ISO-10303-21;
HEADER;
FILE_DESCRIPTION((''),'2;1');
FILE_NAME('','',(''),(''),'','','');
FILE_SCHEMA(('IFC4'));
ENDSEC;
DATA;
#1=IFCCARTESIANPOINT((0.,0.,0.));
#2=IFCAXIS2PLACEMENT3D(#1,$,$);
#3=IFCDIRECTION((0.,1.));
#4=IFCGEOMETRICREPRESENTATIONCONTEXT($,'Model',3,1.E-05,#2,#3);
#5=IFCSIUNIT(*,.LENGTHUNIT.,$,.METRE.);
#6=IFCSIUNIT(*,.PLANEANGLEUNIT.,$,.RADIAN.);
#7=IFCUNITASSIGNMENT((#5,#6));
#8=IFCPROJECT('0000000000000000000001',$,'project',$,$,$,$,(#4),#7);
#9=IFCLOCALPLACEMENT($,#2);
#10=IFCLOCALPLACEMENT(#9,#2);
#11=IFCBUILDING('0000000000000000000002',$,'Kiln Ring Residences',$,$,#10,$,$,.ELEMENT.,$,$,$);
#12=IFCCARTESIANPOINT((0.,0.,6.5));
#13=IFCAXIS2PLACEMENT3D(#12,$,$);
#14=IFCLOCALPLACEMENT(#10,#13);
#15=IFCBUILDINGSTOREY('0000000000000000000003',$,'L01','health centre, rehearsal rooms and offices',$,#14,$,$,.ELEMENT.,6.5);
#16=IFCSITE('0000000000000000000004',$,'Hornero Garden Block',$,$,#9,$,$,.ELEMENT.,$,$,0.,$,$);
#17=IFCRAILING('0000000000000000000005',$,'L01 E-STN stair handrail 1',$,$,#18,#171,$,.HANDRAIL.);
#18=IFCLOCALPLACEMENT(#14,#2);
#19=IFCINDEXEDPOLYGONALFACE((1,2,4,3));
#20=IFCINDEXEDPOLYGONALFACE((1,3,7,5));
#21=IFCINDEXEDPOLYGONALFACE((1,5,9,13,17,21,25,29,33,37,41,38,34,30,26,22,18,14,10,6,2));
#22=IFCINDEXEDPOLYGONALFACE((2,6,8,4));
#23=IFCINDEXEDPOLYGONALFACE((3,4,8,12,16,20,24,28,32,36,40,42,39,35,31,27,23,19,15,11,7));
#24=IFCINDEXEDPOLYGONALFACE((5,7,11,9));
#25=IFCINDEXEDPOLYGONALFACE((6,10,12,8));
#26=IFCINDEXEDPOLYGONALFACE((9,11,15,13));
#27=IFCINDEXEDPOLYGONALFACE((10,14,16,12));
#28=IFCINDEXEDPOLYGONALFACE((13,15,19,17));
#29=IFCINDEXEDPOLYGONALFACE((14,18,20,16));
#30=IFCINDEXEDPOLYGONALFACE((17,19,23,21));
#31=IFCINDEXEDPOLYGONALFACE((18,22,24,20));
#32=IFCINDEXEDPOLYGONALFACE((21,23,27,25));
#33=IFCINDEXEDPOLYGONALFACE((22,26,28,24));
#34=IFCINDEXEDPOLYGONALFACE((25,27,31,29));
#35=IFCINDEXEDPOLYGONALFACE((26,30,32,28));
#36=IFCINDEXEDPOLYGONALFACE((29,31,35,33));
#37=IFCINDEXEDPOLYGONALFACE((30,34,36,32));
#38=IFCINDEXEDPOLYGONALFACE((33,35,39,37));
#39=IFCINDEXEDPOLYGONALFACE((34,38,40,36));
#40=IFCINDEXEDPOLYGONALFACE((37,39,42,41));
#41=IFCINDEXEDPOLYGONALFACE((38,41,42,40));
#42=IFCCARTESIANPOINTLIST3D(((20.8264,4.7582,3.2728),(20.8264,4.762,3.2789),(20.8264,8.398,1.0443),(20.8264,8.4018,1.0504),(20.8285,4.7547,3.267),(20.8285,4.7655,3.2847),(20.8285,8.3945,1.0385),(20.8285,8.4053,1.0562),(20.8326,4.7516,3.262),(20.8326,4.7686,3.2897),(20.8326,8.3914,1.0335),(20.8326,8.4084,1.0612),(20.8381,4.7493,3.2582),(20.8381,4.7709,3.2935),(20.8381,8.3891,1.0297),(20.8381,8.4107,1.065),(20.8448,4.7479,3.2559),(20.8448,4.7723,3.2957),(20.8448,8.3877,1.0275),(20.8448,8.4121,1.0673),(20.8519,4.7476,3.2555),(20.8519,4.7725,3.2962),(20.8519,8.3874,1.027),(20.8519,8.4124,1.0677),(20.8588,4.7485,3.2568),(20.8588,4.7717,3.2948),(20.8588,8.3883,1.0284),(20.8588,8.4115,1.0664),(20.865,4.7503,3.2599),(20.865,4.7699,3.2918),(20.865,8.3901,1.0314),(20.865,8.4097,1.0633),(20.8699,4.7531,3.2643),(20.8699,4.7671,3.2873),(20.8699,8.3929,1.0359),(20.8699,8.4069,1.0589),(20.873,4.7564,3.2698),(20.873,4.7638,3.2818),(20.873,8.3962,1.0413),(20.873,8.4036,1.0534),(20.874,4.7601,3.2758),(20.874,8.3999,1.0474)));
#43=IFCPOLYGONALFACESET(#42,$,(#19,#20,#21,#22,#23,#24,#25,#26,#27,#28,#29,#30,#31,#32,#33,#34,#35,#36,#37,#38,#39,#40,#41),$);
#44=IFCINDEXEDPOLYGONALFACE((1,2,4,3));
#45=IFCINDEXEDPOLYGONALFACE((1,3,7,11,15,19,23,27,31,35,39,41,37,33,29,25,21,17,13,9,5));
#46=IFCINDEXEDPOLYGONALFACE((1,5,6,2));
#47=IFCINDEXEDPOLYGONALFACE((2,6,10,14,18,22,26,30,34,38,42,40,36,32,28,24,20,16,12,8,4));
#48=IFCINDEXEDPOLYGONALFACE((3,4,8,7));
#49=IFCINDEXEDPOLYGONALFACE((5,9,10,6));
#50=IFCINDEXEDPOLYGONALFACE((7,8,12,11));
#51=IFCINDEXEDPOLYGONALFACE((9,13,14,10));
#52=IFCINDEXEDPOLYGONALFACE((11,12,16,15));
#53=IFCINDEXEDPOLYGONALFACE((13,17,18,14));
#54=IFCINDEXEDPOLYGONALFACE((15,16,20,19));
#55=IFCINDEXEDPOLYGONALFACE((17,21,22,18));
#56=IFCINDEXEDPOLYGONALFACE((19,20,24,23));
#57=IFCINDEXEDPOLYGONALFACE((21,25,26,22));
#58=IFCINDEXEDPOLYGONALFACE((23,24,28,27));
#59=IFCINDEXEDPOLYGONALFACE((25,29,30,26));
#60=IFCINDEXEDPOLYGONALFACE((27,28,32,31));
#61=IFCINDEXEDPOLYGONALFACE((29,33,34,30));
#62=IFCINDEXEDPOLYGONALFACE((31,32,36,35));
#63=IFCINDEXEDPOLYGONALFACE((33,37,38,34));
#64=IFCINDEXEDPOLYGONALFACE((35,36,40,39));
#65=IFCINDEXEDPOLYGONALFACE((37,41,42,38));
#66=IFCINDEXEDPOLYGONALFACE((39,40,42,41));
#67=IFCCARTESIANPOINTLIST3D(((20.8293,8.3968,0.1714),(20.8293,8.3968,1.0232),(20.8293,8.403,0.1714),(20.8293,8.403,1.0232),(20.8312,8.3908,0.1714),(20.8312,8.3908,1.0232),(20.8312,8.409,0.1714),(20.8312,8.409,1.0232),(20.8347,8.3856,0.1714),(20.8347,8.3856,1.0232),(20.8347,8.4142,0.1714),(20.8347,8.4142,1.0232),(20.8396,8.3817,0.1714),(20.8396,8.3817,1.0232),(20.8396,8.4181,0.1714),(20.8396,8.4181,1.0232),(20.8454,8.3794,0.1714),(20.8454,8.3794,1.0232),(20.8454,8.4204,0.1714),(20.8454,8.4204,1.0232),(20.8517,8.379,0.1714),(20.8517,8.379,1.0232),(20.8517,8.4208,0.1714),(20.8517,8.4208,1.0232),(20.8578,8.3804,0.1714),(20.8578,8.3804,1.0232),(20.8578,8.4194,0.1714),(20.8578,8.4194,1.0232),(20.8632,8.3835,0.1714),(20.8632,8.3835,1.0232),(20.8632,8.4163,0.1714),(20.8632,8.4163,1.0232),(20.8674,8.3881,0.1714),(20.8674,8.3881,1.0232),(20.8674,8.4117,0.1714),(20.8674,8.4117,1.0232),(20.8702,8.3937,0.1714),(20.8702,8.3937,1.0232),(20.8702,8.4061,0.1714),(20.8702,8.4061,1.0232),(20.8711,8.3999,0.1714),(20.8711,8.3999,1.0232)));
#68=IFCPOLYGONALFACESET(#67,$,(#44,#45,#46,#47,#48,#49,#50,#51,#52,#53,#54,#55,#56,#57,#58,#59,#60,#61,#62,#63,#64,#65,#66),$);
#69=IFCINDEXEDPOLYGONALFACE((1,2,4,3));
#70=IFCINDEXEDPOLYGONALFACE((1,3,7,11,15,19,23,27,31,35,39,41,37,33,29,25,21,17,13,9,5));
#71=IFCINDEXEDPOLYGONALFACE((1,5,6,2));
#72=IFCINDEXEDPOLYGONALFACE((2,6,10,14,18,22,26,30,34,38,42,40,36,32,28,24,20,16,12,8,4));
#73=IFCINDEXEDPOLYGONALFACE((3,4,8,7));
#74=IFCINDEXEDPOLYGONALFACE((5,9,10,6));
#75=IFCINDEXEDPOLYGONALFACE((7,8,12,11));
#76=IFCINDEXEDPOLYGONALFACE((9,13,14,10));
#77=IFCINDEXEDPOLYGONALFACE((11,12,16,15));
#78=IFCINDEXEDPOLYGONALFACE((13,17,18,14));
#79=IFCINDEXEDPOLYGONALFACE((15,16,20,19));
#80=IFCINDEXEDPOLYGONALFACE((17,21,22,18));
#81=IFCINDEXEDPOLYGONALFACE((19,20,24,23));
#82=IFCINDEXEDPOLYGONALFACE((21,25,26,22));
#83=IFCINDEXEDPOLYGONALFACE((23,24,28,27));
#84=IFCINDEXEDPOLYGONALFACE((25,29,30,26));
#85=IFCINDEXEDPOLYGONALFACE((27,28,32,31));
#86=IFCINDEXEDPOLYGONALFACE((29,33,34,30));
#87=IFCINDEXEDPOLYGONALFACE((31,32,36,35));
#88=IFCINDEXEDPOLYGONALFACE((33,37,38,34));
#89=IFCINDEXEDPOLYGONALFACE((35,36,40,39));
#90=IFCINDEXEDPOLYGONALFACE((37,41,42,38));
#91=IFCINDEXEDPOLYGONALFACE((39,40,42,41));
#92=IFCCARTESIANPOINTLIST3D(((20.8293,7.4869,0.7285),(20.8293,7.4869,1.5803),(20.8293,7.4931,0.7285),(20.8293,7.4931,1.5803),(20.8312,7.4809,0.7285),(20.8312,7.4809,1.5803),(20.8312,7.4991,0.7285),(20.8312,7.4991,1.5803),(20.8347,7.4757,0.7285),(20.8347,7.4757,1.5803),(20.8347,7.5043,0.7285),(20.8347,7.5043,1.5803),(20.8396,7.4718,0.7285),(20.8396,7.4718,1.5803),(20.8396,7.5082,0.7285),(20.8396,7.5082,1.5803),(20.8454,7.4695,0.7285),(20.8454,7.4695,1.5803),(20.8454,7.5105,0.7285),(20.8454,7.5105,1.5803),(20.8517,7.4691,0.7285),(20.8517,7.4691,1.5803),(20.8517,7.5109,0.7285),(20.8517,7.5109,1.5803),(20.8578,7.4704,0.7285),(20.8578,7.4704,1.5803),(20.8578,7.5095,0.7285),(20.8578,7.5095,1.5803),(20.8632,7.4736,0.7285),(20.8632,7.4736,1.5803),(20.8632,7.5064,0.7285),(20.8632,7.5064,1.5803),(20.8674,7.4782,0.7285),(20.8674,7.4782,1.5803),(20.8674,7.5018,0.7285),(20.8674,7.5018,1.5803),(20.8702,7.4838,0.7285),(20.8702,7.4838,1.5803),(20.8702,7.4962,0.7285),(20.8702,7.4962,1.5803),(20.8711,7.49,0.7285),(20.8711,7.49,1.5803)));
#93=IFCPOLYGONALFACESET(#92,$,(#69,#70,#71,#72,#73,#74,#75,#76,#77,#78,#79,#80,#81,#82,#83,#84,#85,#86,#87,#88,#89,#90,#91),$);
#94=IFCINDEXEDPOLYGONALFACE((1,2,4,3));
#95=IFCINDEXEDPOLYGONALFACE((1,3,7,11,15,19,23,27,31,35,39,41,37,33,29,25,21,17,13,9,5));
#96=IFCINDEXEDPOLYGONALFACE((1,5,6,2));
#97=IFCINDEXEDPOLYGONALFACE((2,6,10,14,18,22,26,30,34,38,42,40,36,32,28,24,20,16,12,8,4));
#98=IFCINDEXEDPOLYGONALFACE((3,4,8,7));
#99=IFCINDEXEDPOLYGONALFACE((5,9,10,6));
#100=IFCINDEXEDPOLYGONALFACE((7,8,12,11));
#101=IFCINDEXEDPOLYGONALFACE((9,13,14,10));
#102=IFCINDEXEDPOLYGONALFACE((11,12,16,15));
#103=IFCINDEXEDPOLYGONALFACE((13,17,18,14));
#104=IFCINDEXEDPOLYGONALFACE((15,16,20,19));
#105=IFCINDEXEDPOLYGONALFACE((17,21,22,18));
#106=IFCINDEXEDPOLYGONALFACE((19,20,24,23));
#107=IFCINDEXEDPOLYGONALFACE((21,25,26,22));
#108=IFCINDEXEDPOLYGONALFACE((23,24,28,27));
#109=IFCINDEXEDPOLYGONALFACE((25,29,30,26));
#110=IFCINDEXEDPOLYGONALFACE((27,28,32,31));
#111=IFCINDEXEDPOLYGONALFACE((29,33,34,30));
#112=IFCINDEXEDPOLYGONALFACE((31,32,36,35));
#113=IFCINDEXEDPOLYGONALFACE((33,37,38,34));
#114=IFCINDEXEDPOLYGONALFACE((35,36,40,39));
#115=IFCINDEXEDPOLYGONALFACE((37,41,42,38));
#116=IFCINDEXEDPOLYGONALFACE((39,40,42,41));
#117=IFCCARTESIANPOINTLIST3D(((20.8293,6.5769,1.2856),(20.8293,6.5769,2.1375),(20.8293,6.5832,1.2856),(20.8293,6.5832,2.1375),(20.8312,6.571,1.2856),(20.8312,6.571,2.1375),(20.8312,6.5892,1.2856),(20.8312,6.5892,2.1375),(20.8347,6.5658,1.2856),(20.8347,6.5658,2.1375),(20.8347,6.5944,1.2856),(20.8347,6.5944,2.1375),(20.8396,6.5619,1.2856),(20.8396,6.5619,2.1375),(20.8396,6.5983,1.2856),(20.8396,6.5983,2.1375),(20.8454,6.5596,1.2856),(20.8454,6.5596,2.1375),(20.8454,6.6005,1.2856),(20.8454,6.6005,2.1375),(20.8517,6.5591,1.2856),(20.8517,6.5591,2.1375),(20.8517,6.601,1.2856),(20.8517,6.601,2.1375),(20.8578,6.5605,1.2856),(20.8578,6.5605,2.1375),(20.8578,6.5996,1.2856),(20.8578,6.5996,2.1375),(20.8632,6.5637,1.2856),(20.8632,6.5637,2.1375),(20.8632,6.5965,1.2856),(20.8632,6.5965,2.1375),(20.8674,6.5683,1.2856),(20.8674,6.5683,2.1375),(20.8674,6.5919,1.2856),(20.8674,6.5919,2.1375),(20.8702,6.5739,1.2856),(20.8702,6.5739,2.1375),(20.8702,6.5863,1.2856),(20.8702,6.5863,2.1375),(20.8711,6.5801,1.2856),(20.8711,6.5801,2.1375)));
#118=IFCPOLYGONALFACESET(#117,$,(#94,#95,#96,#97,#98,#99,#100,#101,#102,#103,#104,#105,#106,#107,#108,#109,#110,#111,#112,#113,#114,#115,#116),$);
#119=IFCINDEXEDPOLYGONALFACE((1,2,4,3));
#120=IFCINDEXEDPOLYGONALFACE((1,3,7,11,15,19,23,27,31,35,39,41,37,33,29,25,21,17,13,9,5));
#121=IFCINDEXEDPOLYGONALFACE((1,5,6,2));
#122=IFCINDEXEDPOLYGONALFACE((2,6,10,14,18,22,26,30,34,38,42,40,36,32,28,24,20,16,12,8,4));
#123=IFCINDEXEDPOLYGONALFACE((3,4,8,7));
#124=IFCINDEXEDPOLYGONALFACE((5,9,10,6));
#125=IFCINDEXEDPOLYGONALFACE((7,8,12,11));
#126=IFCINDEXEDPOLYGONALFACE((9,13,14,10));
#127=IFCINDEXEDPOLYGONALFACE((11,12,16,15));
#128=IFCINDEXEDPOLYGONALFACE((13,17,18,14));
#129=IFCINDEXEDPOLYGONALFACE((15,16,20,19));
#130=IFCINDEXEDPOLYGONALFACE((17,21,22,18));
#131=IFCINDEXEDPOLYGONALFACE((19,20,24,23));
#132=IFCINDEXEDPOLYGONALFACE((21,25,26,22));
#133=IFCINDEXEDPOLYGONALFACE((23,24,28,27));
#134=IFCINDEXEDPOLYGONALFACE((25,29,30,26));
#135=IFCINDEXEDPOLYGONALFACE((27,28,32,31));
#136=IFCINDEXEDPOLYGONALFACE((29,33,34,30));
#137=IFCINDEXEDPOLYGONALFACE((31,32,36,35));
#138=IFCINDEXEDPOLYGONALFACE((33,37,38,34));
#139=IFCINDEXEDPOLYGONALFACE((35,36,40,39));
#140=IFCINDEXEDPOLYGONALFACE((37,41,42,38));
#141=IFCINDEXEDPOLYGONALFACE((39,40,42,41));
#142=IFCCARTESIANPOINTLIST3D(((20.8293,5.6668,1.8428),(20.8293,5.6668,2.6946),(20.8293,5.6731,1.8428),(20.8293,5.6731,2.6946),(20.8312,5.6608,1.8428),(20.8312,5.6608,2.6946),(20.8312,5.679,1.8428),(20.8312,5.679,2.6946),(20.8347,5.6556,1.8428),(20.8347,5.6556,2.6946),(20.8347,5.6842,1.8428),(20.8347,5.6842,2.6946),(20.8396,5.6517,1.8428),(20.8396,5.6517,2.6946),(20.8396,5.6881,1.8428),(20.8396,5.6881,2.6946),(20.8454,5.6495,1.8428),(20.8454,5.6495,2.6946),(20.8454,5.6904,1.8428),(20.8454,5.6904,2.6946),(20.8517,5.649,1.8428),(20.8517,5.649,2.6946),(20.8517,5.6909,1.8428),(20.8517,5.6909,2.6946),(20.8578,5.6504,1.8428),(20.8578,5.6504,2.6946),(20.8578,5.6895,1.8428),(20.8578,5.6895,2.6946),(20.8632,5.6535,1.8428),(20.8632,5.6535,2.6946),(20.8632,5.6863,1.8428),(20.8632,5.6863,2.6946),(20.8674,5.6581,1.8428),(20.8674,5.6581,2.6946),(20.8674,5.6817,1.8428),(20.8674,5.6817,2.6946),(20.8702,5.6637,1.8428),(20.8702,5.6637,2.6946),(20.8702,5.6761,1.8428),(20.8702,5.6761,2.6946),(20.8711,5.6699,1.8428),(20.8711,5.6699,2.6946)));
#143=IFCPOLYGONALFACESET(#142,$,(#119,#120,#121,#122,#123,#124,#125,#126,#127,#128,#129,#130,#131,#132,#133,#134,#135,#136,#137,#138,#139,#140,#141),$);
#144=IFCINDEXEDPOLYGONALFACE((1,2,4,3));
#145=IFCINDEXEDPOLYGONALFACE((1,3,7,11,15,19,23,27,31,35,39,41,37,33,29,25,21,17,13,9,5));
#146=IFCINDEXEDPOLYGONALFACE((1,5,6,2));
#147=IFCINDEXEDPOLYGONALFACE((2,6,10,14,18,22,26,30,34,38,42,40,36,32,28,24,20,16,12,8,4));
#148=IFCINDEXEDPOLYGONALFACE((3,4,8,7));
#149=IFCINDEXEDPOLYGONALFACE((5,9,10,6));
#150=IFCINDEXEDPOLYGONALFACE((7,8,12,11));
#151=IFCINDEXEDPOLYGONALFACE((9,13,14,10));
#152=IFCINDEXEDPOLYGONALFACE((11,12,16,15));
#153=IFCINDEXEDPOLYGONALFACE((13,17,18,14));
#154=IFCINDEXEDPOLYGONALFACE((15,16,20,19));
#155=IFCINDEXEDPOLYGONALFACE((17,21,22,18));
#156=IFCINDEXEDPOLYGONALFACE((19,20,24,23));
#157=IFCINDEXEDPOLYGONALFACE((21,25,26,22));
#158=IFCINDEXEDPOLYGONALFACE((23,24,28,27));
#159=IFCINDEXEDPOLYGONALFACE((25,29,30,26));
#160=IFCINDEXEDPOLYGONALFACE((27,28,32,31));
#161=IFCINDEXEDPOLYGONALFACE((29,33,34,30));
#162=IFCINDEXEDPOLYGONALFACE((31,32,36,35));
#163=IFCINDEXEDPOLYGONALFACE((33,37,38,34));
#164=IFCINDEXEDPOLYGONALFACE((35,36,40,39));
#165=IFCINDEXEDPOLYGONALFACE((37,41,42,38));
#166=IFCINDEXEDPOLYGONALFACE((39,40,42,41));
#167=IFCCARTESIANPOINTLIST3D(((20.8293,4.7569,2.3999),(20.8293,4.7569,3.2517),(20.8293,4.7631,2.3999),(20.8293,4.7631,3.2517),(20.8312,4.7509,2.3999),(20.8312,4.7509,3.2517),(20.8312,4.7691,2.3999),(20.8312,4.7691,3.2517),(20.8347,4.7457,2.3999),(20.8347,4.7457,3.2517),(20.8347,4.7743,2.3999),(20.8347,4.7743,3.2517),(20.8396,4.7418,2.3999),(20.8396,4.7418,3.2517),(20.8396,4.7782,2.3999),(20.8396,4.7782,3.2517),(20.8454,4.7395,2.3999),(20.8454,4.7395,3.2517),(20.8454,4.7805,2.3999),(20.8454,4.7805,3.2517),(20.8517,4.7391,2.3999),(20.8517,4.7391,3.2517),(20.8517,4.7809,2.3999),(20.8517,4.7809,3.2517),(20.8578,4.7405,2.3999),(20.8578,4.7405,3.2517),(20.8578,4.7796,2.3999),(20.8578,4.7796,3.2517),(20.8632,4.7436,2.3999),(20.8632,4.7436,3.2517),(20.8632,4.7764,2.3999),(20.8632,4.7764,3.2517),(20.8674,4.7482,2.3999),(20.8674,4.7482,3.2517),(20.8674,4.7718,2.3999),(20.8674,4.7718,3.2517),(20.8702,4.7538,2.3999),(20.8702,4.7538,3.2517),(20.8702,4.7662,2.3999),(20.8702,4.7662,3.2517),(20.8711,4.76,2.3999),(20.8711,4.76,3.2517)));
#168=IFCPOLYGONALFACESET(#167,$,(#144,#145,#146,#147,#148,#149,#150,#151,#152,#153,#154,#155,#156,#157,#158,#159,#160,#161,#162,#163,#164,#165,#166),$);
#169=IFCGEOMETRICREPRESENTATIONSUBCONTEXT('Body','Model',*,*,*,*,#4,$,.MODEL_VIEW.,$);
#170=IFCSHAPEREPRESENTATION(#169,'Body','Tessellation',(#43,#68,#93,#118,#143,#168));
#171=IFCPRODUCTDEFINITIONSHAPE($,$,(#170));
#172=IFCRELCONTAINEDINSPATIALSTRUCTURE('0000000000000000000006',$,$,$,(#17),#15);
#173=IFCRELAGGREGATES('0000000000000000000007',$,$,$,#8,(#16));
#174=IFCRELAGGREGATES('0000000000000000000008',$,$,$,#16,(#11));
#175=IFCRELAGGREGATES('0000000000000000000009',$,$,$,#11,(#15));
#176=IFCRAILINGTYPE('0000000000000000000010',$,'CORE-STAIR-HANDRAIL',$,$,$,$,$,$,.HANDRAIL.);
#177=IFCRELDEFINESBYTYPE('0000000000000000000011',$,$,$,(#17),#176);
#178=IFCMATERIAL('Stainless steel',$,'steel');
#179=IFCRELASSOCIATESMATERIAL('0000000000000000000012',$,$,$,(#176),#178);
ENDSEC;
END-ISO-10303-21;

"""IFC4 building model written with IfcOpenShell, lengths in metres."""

from ifc_helpers import new_model, si_unit, direction, frame, origin, origin_2d, place, context, subcontext, project, spatial, circle, extrude, material, type_object, element, save


model = new_model("IFC4")

# Units and contexts
model_context = context("Model", 3, precision=1e-05, world=origin(), true_north=direction((0.0, 1.0)))
body_context = subcontext(model_context, "Body", "Model", "MODEL_VIEW")
ifc_project = project(units=[si_unit("LENGTHUNIT", "METRE"), si_unit("PLANEANGLEUNIT", "RADIAN")], contexts=[model_context])

# Site, building, storey
site_placement = place(None, origin())
site = spatial("IfcSite", under=ifc_project, at=site_placement, Name="Hornero Garden Block", CompositionType="ELEMENT", RefElevation=0.0)
building_placement = place(site_placement, origin())
building = spatial("IfcBuilding", under=site, at=building_placement, Name="Kiln Ring Residences", CompositionType="ELEMENT")
storey_placement = place(building_placement, frame((0.0, 0.0, 6.5)))
storey = spatial("IfcBuildingStorey", under=building, at=storey_placement, Name="L01", Description="health centre, rehearsal rooms and offices", CompositionType="ELEMENT", Elevation=6.5)

# Railing
ifc_material_1 = material(Name="Stainless steel", Category="steel")
railing_type_1 = type_object("IfcRailingType", Name="CORE-STAIR-HANDRAIL", PredefinedType="HANDRAIL", material=ifc_material_1)
railing_1_placement = place(storey_placement, frame((20.8501, 8.3999, 0.1714)))
element("IfcRailing", 1, at=railing_1_placement, inside=storey, type_object=railing_type_1, Name="L01 E-STN stair handrail 1", PredefinedType="HANDRAIL", context=body_context, shape_type="SweptSolid", body=[
    extrude(circle(Radius=0.0239, at=origin_2d()), frame((0.0, 0.0, 0.876), z_axis=(0.0, -0.85285, 0.522156), x_axis=(1.0, 0.0, 0.0)), (0.0, 0.0, 1.0), 4.2678),
    extrude(circle(Radius=0.021, at=origin_2d()), origin(), (0.0, 0.0, 1.0), 0.8518),
    extrude(circle(Radius=0.021, at=origin_2d()), frame((0.0, -0.9099, 0.5571)), (0.0, 0.0, 1.0), 0.8518),
    extrude(circle(Radius=0.021, at=origin_2d()), frame((0.0, -1.8198, 1.1143)), (0.0, 0.0, 1.0), 0.8518),
    extrude(circle(Radius=0.021, at=origin_2d()), frame((0.0, -2.73, 1.6714)), (0.0, 0.0, 1.0), 0.8518),
    extrude(circle(Radius=0.021, at=origin_2d()), frame((0.0, -3.6399, 2.2285)), (0.0, 0.0, 1.0), 0.8518),
])

save(model, "model.ifc")
